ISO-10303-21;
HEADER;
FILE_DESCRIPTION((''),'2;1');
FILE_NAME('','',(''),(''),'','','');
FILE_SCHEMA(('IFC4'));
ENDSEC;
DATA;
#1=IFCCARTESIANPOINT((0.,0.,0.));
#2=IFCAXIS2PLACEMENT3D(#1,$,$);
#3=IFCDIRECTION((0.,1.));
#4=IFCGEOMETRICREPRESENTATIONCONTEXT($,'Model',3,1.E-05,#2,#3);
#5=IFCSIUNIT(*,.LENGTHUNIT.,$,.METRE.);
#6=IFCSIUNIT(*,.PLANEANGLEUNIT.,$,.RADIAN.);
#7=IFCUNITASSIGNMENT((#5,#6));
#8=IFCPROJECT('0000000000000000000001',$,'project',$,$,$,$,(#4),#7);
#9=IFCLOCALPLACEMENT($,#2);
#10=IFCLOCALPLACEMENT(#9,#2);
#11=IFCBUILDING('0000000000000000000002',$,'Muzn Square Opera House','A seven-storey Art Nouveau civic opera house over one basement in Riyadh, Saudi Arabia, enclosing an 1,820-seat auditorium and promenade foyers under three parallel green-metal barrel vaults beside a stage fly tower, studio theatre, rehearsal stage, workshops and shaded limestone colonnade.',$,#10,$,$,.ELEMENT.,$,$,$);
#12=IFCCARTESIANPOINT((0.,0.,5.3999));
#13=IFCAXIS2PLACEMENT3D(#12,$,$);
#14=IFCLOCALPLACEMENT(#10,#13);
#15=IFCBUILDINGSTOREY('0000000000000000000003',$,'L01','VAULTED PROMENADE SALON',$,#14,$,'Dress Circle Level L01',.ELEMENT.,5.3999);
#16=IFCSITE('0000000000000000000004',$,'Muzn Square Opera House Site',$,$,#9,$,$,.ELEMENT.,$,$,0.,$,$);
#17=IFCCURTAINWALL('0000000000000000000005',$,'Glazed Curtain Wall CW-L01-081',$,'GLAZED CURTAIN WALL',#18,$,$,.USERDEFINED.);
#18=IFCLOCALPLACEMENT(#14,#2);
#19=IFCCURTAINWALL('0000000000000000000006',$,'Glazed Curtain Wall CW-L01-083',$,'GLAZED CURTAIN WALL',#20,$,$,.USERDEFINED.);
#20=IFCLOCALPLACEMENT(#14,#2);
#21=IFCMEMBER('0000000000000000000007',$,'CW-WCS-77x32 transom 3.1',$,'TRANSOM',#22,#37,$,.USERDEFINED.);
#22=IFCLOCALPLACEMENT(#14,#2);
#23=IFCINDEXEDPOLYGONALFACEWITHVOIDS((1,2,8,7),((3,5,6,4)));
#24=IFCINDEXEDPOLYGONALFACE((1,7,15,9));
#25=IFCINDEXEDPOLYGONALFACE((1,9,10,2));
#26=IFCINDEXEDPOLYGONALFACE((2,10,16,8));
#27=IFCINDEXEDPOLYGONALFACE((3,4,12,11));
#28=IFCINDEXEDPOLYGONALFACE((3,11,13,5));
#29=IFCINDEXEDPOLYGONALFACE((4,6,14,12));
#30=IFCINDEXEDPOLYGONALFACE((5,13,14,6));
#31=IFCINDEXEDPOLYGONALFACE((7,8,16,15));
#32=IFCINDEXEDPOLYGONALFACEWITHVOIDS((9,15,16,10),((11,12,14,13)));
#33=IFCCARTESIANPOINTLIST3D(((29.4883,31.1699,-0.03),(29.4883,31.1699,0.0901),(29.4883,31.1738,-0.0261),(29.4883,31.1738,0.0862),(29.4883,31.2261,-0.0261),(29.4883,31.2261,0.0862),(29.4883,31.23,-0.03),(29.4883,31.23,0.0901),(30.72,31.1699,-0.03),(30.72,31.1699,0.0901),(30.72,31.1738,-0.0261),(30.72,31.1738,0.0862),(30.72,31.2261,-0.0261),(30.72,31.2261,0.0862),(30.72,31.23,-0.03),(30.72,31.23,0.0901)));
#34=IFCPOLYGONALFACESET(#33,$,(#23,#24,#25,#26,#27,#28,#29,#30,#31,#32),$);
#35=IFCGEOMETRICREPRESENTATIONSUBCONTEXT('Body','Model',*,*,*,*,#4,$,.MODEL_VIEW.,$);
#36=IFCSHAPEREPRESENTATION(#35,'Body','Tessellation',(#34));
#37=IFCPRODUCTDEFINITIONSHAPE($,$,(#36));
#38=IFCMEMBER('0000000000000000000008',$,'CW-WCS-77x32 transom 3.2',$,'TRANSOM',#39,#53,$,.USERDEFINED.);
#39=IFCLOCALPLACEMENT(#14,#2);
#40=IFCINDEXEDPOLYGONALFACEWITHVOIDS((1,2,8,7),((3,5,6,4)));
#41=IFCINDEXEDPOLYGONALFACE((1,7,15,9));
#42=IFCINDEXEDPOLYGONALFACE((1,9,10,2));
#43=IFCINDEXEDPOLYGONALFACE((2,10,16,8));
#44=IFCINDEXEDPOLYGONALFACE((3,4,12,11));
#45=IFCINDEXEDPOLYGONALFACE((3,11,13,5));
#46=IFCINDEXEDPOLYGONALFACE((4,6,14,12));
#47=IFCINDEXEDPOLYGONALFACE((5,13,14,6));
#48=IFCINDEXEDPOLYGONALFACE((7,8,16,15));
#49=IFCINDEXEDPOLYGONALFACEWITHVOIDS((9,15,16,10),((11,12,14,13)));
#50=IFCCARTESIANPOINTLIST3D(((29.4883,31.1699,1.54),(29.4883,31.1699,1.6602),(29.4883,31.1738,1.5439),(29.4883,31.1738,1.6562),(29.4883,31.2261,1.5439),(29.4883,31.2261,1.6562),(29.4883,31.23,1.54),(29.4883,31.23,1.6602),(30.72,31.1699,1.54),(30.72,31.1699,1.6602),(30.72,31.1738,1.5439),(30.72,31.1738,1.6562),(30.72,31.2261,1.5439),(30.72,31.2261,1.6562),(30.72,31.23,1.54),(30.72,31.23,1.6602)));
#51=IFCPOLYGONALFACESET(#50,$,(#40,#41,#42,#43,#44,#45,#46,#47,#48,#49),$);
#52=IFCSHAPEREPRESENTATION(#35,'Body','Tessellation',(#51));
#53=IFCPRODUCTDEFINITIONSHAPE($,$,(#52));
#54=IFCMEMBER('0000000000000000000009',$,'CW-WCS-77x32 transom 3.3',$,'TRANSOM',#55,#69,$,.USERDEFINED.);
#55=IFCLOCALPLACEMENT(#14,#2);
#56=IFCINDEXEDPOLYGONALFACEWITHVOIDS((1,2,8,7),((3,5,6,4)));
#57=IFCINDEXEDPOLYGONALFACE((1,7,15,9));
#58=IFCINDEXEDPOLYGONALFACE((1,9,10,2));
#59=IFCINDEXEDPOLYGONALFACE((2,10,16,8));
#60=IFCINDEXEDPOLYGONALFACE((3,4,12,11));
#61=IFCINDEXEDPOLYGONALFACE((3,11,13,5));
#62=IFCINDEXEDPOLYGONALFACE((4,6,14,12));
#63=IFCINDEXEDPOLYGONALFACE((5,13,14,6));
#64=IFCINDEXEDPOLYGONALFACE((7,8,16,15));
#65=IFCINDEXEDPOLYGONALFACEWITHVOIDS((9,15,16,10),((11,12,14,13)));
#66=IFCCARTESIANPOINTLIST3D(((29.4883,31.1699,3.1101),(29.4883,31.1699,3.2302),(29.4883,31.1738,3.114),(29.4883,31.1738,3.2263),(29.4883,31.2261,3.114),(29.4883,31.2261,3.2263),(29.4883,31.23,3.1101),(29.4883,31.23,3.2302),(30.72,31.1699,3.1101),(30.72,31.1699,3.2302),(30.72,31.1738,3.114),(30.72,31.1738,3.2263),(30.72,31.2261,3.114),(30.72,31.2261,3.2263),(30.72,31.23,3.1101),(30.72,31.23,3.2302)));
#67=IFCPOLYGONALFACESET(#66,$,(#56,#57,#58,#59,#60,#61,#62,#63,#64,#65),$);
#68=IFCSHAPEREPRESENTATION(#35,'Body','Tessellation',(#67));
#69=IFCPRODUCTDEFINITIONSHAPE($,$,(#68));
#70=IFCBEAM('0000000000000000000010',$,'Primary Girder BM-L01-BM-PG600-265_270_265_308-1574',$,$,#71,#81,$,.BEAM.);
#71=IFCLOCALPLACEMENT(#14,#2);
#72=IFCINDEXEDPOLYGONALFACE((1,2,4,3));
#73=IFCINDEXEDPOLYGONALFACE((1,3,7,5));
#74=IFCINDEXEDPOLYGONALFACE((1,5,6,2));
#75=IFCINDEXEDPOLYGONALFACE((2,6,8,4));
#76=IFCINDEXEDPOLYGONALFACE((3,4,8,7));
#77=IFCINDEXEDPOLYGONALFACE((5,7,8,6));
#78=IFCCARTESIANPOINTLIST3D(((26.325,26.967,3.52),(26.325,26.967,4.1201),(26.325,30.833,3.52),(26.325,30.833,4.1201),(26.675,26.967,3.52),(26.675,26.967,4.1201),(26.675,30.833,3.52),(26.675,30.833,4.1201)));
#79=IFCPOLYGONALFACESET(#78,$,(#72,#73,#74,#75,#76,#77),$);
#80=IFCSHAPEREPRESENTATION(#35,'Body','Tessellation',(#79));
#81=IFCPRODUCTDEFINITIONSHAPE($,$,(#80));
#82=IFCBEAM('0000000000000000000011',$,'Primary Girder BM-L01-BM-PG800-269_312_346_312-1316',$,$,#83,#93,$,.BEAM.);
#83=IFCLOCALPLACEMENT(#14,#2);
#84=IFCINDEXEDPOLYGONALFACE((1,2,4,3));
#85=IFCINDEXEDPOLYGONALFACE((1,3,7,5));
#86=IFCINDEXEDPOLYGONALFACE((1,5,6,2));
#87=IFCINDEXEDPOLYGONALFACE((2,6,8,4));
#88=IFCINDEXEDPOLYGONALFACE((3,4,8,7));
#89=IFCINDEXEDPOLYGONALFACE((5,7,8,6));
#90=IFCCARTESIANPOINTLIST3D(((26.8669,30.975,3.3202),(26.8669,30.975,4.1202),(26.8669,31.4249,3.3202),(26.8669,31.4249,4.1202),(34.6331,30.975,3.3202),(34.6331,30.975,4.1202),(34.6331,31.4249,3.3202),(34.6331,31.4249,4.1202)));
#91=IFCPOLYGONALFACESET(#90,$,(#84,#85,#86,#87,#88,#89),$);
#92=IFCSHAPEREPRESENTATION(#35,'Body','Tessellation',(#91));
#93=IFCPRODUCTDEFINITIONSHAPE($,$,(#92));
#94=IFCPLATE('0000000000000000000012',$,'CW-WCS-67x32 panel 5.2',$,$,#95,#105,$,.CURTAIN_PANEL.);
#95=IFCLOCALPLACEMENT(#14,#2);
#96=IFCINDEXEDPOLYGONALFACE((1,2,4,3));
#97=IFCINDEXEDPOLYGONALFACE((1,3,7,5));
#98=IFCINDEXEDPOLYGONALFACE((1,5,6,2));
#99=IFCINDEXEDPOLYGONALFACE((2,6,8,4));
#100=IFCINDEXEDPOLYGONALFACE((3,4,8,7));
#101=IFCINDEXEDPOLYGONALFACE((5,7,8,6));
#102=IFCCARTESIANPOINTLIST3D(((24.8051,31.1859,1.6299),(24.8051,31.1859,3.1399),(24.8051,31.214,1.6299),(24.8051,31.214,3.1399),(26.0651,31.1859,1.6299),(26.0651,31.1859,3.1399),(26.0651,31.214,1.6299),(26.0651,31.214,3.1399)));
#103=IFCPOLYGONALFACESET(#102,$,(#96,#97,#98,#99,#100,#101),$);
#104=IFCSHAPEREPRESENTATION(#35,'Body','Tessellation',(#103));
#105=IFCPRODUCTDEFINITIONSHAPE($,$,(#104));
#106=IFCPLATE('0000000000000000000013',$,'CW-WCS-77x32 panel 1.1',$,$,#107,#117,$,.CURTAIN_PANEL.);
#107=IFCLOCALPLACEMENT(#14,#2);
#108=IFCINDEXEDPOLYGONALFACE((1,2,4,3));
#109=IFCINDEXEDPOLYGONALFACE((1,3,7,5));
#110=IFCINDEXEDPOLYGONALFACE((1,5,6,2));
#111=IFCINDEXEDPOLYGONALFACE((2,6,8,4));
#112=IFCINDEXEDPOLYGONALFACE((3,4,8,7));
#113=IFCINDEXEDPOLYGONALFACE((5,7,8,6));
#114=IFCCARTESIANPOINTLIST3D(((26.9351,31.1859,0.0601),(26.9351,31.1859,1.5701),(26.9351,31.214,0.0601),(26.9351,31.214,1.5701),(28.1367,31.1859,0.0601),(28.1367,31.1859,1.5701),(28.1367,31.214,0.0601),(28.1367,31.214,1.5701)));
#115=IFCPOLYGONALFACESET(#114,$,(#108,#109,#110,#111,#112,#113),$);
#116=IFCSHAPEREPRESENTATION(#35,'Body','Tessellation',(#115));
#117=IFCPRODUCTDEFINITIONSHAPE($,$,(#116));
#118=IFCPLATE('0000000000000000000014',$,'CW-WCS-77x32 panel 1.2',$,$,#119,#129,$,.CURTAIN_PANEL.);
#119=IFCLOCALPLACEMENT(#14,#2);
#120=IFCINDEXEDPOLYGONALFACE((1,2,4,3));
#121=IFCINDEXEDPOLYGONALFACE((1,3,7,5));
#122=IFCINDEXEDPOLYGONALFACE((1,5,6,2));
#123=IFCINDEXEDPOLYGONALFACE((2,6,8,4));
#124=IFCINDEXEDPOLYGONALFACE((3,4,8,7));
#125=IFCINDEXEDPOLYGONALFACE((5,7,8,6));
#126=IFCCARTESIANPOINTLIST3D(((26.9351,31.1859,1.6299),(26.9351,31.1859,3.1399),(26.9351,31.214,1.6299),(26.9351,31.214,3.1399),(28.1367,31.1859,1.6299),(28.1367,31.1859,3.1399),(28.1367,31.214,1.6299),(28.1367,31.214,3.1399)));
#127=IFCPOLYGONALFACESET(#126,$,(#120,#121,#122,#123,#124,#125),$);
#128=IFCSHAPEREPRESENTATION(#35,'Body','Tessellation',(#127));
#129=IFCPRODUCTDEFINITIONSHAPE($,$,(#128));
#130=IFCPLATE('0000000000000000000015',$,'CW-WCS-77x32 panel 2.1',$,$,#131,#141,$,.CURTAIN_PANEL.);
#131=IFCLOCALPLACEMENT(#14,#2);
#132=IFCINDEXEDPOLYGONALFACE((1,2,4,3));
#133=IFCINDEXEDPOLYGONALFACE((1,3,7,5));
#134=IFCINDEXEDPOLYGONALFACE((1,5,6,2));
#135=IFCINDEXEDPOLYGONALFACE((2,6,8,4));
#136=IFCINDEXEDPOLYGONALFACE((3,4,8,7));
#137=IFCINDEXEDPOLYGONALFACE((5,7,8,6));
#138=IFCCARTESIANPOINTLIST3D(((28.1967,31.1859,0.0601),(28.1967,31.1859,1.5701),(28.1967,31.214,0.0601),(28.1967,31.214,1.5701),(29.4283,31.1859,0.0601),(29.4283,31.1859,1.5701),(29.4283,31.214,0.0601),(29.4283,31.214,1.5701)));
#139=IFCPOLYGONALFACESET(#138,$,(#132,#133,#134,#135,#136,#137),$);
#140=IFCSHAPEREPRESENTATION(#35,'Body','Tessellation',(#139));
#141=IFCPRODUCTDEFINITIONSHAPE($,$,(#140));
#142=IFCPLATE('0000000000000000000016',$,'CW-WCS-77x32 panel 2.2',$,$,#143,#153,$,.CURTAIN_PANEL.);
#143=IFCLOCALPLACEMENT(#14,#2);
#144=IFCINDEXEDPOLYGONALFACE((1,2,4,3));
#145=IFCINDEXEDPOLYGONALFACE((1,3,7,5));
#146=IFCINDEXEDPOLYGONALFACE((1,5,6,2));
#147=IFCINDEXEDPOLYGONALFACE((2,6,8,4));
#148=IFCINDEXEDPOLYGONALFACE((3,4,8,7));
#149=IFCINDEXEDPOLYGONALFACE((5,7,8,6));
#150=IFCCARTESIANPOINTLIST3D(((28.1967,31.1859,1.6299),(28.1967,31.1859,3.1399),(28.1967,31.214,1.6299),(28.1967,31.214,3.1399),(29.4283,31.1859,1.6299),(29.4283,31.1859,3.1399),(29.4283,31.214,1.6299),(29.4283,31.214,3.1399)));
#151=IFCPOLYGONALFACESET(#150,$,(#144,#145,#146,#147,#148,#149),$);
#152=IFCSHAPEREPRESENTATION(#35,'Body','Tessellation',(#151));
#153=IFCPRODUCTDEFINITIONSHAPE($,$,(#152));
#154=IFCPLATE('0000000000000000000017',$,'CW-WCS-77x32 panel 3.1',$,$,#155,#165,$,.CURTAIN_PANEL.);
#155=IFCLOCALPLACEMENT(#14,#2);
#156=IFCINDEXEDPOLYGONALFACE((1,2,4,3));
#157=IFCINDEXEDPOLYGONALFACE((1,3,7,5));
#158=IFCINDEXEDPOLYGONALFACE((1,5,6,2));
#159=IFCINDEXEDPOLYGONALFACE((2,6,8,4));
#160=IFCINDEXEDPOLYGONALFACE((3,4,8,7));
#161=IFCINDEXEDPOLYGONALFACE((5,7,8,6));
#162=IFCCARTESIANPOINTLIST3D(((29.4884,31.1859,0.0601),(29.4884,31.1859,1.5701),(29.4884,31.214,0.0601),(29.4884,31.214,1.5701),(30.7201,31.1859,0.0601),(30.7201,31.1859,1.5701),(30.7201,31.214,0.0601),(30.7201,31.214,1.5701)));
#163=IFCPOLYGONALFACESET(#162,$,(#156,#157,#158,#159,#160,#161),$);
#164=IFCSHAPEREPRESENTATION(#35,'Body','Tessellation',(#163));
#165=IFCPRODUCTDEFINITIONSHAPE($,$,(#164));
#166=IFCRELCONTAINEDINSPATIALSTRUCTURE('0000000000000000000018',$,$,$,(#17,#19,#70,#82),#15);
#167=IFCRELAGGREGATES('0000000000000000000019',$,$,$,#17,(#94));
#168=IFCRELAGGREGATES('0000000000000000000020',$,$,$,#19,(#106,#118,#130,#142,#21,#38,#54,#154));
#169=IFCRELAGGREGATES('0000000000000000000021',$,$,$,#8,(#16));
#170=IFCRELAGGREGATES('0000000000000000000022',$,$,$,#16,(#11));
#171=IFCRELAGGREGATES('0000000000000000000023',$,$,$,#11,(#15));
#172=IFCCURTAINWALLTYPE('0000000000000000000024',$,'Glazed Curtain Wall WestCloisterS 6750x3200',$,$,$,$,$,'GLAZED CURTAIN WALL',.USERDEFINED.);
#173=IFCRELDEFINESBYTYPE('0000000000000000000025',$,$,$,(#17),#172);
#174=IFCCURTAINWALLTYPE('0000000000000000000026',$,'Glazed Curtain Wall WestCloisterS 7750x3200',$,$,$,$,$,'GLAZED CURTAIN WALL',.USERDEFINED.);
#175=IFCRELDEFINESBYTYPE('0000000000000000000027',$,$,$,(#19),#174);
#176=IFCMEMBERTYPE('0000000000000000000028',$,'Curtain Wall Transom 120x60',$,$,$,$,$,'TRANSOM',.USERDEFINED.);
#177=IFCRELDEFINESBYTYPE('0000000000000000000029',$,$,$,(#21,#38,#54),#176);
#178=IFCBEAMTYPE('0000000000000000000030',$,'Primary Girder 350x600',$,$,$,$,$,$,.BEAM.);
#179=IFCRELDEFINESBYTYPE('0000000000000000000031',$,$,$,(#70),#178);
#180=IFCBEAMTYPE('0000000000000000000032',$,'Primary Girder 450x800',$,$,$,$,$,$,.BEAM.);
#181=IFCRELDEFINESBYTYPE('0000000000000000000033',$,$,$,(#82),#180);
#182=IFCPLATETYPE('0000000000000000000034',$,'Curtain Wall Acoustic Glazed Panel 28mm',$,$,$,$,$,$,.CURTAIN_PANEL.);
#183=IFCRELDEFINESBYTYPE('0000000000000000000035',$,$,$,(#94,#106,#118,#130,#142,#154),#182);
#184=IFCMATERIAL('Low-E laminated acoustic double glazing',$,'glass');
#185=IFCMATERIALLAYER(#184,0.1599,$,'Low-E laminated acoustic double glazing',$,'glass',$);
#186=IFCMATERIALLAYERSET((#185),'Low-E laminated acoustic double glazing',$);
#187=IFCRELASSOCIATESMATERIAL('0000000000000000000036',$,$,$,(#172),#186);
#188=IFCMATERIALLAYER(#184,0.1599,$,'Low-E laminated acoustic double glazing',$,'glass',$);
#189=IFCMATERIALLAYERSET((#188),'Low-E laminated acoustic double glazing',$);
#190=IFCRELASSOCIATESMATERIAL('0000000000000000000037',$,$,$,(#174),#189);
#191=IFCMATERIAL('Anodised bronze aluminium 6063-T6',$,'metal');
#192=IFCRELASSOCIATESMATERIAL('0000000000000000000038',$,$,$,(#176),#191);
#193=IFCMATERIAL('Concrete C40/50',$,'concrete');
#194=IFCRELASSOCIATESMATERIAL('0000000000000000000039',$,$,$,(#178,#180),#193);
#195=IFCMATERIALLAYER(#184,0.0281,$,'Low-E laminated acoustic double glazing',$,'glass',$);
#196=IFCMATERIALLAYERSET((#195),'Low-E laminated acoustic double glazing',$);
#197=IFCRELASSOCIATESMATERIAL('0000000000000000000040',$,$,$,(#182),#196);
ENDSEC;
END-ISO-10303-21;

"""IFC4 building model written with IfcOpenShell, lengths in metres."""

from ifc_helpers import new_model, si_unit, direction, frame, origin, origin_2d, place, context, subcontext, project, spatial, rectangle, hollow_rectangle, extrude, material, layer, layer_set, material_profile, profile_set, type_object, element, aggregate, save


model = new_model("IFC4")

# Units and contexts
model_context = context("Model", 3, precision=1e-05, world=origin(), true_north=direction((0.0, 1.0)))
body_context = subcontext(model_context, "Body", "Model", "MODEL_VIEW")
ifc_project = project(units=[si_unit("LENGTHUNIT", "METRE"), si_unit("PLANEANGLEUNIT", "RADIAN")], contexts=[model_context])

# Site, building, storey
site_placement = place(None, origin())
site = spatial("IfcSite", under=ifc_project, at=site_placement, Name="Muzn Square Opera House Site", CompositionType="ELEMENT", RefElevation=0.0)
building_placement = place(site_placement, origin())
building = spatial("IfcBuilding", under=site, at=building_placement, Name="Muzn Square Opera House", Description="A seven-storey Art Nouveau civic opera house over one basement in Riyadh, Saudi Arabia, enclosing an 1,820-seat auditorium and promenade foyers under three parallel green-metal barrel vaults beside a stage fly tower, studio theatre, rehearsal stage, workshops and shaded limestone colonnade.", CompositionType="ELEMENT")
storey_placement = place(building_placement, frame((0.0, 0.0, 5.3999)))
storey = spatial("IfcBuildingStorey", under=building, at=storey_placement, Name="L01", Description="VAULTED PROMENADE SALON", LongName="Dress Circle Level L01", CompositionType="ELEMENT", Elevation=5.3999)

# Curtain wall
ifc_material_1 = material(Name="Low-E laminated acoustic double glazing", Category="glass")
ifc_layer_1 = layer(ifc_material_1, 0.1599, Name="Low-E laminated acoustic double glazing", Category="glass")
ifc_layer_set_1 = layer_set([ifc_layer_1], Name="Low-E laminated acoustic double glazing")
curtain_wall_type_1 = type_object("IfcCurtainWallType", Name="Glazed Curtain Wall WestCloisterS 6750x3200", ElementType="GLAZED CURTAIN WALL", PredefinedType="USERDEFINED", material=ifc_layer_set_1)
curtain_wall_1_placement = place(storey_placement, origin())
curtain_wall_1 = element("IfcCurtainWall", 1, at=curtain_wall_1_placement, inside=storey, type_object=curtain_wall_type_1, Name="Glazed Curtain Wall CW-L01-081", ObjectType="GLAZED CURTAIN WALL", PredefinedType="USERDEFINED")
ifc_material_2 = material(Name="Anodised bronze aluminium 6063-T6", Category="metal")

# Curtain wall, members
ifc_layer_2 = layer(ifc_material_1, 0.1599, Name="Low-E laminated acoustic double glazing", Category="glass")
ifc_layer_set_2 = layer_set([ifc_layer_2], Name="Low-E laminated acoustic double glazing")
curtain_wall_type_2 = type_object("IfcCurtainWallType", Name="Glazed Curtain Wall WestCloisterS 7750x3200", ElementType="GLAZED CURTAIN WALL", PredefinedType="USERDEFINED", material=ifc_layer_set_2)
curtain_wall_2_placement = place(storey_placement, origin())
curtain_wall_2 = element("IfcCurtainWall", 2, at=curtain_wall_2_placement, inside=storey, type_object=curtain_wall_type_2, Name="Glazed Curtain Wall CW-L01-083", ObjectType="GLAZED CURTAIN WALL", PredefinedType="USERDEFINED")
ifc_material_profile_1 = material_profile(ifc_material_2, hollow_rectangle(XDim=0.0601, YDim=0.1201, WallThickness=0.0039, at=origin_2d()), Name="ALU 120x60x4", Category="metal")
ifc_profile_set_1 = profile_set([ifc_material_profile_1], Name="Anodised bronze aluminium 6063-T6")
member_type_1 = type_object("IfcMemberType", Name="Curtain Wall Transom 120x60", ElementType="TRANSOM", PredefinedType="USERDEFINED", material=ifc_profile_set_1)
member_1_placement = place(storey_placement, frame((29.4883, 31.2, 0.03), z_axis=(1.0, 0.0, 0.0), x_axis=(0.0, 1.0, 0.0)))
member_1 = element("IfcMember", 3, at=member_1_placement, type_object=member_type_1, Name="CW-WCS-77x32 transom 3.1", ObjectType="TRANSOM", PredefinedType="USERDEFINED", context=body_context, shape_type="SweptSolid", body=[
    extrude(hollow_rectangle(XDim=0.0601, YDim=0.1201, WallThickness=0.0039, at=origin_2d()), origin(), (0.0, 0.0, 1.0), 1.2317),
])
member_2_placement = place(storey_placement, frame((29.4883, 31.2, 1.6001), z_axis=(1.0, 0.0, 0.0), x_axis=(0.0, 1.0, 0.0)))
member_2 = element("IfcMember", 4, at=member_2_placement, type_object=member_type_1, Name="CW-WCS-77x32 transom 3.2", ObjectType="TRANSOM", PredefinedType="USERDEFINED", context=body_context, shape_type="SweptSolid", body=[
    extrude(hollow_rectangle(XDim=0.0601, YDim=0.1201, WallThickness=0.0039, at=origin_2d()), origin(), (0.0, 0.0, 1.0), 1.2317),
])
member_3_placement = place(storey_placement, frame((29.4883, 31.2, 3.1702), z_axis=(1.0, 0.0, 0.0), x_axis=(0.0, 1.0, 0.0)))
member_3 = element("IfcMember", 5, at=member_3_placement, type_object=member_type_1, Name="CW-WCS-77x32 transom 3.3", ObjectType="TRANSOM", PredefinedType="USERDEFINED", context=body_context, shape_type="SweptSolid", body=[
    extrude(hollow_rectangle(XDim=0.0601, YDim=0.1201, WallThickness=0.0039, at=origin_2d()), origin(), (0.0, 0.0, 1.0), 1.2317),
])

# Beams
ifc_material_3 = material(Name="Concrete C40/50", Category="concrete")
ifc_material_profile_2 = material_profile(ifc_material_3, rectangle(XDim=0.3501, YDim=0.6001, at=origin_2d()), Name="RCB 350x600", Category="concrete")
ifc_profile_set_2 = profile_set([ifc_material_profile_2], Name="Concrete C40/50")
beam_type_1 = type_object("IfcBeamType", Name="Primary Girder 350x600", PredefinedType="BEAM", material=ifc_profile_set_2)
beam_1_placement = place(storey_placement, frame((26.5, 26.967, 3.8201), z_axis=(0.0, 1.0, 0.0), x_axis=(-1.0, 0.0, 0.0)))
element("IfcBeam", 6, at=beam_1_placement, inside=storey, type_object=beam_type_1, Name="Primary Girder BM-L01-BM-PG600-265_270_265_308-1574", PredefinedType="BEAM", context=body_context, shape_type="SweptSolid", body=[
    extrude(rectangle(XDim=0.3501, YDim=0.6001, at=origin_2d()), origin(), (0.0, 0.0, 1.0), 3.866),
])
ifc_material_profile_3 = material_profile(ifc_material_3, rectangle(XDim=0.45, YDim=0.8, at=origin_2d()), Name="RCB 450x800", Category="concrete")
ifc_profile_set_3 = profile_set([ifc_material_profile_3], Name="Concrete C40/50")
beam_type_2 = type_object("IfcBeamType", Name="Primary Girder 450x800", PredefinedType="BEAM", material=ifc_profile_set_3)
beam_2_placement = place(storey_placement, frame((26.8669, 31.2, 3.7202), z_axis=(1.0, 0.0, 0.0), x_axis=(0.0, 1.0, 0.0)))
element("IfcBeam", 7, at=beam_2_placement, inside=storey, type_object=beam_type_2, Name="Primary Girder BM-L01-BM-PG800-269_312_346_312-1316", PredefinedType="BEAM", context=body_context, shape_type="SweptSolid", body=[
    extrude(rectangle(XDim=0.45, YDim=0.8, at=origin_2d()), origin(), (0.0, 0.0, 1.0), 7.7661),
])

# Plates
ifc_layer_3 = layer(ifc_material_1, 0.0281, Name="Low-E laminated acoustic double glazing", Category="glass")
ifc_layer_set_3 = layer_set([ifc_layer_3], Name="Low-E laminated acoustic double glazing")
plate_type = type_object("IfcPlateType", Name="Curtain Wall Acoustic Glazed Panel 28mm", PredefinedType="CURTAIN_PANEL", material=ifc_layer_set_3)
plate_1_placement = place(storey_placement, frame((25.4351, 31.2, 1.6299), z_axis=(0.0, 0.0, 1.0), x_axis=(1.0, 0.0, 0.0)))
plate_1 = element("IfcPlate", 8, at=plate_1_placement, type_object=plate_type, Name="CW-WCS-67x32 panel 5.2", PredefinedType="CURTAIN_PANEL", context=body_context, shape_type="SweptSolid", body=[
    extrude(rectangle(XDim=1.26, YDim=0.0281, at=origin_2d()), origin(), (0.0, 0.0, 1.0), 1.51),
])
aggregate(curtain_wall_1, [plate_1])
plate_2_placement = place(storey_placement, frame((27.5359, 31.2, 0.0601), z_axis=(0.0, 0.0, 1.0), x_axis=(1.0, 0.0, 0.0)))
plate_2 = element("IfcPlate", 9, at=plate_2_placement, type_object=plate_type, Name="CW-WCS-77x32 panel 1.1", PredefinedType="CURTAIN_PANEL", context=body_context, shape_type="SweptSolid", body=[
    extrude(rectangle(XDim=1.2017, YDim=0.0281, at=origin_2d()), origin(), (0.0, 0.0, 1.0), 1.51),
])
plate_3_placement = place(storey_placement, frame((27.5359, 31.2, 1.6299), z_axis=(0.0, 0.0, 1.0), x_axis=(1.0, 0.0, 0.0)))
plate_3 = element("IfcPlate", 10, at=plate_3_placement, type_object=plate_type, Name="CW-WCS-77x32 panel 1.2", PredefinedType="CURTAIN_PANEL", context=body_context, shape_type="SweptSolid", body=[
    extrude(rectangle(XDim=1.2017, YDim=0.0281, at=origin_2d()), origin(), (0.0, 0.0, 1.0), 1.51),
])
plate_4_placement = place(storey_placement, frame((28.8125, 31.2, 0.0601), z_axis=(0.0, 0.0, 1.0), x_axis=(1.0, 0.0, 0.0)))
plate_4 = element("IfcPlate", 11, at=plate_4_placement, type_object=plate_type, Name="CW-WCS-77x32 panel 2.1", PredefinedType="CURTAIN_PANEL", context=body_context, shape_type="SweptSolid", body=[
    extrude(rectangle(XDim=1.2317, YDim=0.0281, at=origin_2d()), origin(), (0.0, 0.0, 1.0), 1.51),
])
plate_5_placement = place(storey_placement, frame((28.8125, 31.2, 1.6299), z_axis=(0.0, 0.0, 1.0), x_axis=(1.0, 0.0, 0.0)))
plate_5 = element("IfcPlate", 12, at=plate_5_placement, type_object=plate_type, Name="CW-WCS-77x32 panel 2.2", PredefinedType="CURTAIN_PANEL", context=body_context, shape_type="SweptSolid", body=[
    extrude(rectangle(XDim=1.2317, YDim=0.0281, at=origin_2d()), origin(), (0.0, 0.0, 1.0), 1.51),
])
plate_6_placement = place(storey_placement, frame((30.1042, 31.2, 0.0601), z_axis=(0.0, 0.0, 1.0), x_axis=(1.0, 0.0, 0.0)))
plate_6 = element("IfcPlate", 13, at=plate_6_placement, type_object=plate_type, Name="CW-WCS-77x32 panel 3.1", PredefinedType="CURTAIN_PANEL", context=body_context, shape_type="SweptSolid", body=[
    extrude(rectangle(XDim=1.2317, YDim=0.0281, at=origin_2d()), origin(), (0.0, 0.0, 1.0), 1.51),
])
aggregate(curtain_wall_2, [plate_2, plate_3, plate_4, plate_5, member_1, member_2, member_3, plate_6])

save(model, "model.ifc")
